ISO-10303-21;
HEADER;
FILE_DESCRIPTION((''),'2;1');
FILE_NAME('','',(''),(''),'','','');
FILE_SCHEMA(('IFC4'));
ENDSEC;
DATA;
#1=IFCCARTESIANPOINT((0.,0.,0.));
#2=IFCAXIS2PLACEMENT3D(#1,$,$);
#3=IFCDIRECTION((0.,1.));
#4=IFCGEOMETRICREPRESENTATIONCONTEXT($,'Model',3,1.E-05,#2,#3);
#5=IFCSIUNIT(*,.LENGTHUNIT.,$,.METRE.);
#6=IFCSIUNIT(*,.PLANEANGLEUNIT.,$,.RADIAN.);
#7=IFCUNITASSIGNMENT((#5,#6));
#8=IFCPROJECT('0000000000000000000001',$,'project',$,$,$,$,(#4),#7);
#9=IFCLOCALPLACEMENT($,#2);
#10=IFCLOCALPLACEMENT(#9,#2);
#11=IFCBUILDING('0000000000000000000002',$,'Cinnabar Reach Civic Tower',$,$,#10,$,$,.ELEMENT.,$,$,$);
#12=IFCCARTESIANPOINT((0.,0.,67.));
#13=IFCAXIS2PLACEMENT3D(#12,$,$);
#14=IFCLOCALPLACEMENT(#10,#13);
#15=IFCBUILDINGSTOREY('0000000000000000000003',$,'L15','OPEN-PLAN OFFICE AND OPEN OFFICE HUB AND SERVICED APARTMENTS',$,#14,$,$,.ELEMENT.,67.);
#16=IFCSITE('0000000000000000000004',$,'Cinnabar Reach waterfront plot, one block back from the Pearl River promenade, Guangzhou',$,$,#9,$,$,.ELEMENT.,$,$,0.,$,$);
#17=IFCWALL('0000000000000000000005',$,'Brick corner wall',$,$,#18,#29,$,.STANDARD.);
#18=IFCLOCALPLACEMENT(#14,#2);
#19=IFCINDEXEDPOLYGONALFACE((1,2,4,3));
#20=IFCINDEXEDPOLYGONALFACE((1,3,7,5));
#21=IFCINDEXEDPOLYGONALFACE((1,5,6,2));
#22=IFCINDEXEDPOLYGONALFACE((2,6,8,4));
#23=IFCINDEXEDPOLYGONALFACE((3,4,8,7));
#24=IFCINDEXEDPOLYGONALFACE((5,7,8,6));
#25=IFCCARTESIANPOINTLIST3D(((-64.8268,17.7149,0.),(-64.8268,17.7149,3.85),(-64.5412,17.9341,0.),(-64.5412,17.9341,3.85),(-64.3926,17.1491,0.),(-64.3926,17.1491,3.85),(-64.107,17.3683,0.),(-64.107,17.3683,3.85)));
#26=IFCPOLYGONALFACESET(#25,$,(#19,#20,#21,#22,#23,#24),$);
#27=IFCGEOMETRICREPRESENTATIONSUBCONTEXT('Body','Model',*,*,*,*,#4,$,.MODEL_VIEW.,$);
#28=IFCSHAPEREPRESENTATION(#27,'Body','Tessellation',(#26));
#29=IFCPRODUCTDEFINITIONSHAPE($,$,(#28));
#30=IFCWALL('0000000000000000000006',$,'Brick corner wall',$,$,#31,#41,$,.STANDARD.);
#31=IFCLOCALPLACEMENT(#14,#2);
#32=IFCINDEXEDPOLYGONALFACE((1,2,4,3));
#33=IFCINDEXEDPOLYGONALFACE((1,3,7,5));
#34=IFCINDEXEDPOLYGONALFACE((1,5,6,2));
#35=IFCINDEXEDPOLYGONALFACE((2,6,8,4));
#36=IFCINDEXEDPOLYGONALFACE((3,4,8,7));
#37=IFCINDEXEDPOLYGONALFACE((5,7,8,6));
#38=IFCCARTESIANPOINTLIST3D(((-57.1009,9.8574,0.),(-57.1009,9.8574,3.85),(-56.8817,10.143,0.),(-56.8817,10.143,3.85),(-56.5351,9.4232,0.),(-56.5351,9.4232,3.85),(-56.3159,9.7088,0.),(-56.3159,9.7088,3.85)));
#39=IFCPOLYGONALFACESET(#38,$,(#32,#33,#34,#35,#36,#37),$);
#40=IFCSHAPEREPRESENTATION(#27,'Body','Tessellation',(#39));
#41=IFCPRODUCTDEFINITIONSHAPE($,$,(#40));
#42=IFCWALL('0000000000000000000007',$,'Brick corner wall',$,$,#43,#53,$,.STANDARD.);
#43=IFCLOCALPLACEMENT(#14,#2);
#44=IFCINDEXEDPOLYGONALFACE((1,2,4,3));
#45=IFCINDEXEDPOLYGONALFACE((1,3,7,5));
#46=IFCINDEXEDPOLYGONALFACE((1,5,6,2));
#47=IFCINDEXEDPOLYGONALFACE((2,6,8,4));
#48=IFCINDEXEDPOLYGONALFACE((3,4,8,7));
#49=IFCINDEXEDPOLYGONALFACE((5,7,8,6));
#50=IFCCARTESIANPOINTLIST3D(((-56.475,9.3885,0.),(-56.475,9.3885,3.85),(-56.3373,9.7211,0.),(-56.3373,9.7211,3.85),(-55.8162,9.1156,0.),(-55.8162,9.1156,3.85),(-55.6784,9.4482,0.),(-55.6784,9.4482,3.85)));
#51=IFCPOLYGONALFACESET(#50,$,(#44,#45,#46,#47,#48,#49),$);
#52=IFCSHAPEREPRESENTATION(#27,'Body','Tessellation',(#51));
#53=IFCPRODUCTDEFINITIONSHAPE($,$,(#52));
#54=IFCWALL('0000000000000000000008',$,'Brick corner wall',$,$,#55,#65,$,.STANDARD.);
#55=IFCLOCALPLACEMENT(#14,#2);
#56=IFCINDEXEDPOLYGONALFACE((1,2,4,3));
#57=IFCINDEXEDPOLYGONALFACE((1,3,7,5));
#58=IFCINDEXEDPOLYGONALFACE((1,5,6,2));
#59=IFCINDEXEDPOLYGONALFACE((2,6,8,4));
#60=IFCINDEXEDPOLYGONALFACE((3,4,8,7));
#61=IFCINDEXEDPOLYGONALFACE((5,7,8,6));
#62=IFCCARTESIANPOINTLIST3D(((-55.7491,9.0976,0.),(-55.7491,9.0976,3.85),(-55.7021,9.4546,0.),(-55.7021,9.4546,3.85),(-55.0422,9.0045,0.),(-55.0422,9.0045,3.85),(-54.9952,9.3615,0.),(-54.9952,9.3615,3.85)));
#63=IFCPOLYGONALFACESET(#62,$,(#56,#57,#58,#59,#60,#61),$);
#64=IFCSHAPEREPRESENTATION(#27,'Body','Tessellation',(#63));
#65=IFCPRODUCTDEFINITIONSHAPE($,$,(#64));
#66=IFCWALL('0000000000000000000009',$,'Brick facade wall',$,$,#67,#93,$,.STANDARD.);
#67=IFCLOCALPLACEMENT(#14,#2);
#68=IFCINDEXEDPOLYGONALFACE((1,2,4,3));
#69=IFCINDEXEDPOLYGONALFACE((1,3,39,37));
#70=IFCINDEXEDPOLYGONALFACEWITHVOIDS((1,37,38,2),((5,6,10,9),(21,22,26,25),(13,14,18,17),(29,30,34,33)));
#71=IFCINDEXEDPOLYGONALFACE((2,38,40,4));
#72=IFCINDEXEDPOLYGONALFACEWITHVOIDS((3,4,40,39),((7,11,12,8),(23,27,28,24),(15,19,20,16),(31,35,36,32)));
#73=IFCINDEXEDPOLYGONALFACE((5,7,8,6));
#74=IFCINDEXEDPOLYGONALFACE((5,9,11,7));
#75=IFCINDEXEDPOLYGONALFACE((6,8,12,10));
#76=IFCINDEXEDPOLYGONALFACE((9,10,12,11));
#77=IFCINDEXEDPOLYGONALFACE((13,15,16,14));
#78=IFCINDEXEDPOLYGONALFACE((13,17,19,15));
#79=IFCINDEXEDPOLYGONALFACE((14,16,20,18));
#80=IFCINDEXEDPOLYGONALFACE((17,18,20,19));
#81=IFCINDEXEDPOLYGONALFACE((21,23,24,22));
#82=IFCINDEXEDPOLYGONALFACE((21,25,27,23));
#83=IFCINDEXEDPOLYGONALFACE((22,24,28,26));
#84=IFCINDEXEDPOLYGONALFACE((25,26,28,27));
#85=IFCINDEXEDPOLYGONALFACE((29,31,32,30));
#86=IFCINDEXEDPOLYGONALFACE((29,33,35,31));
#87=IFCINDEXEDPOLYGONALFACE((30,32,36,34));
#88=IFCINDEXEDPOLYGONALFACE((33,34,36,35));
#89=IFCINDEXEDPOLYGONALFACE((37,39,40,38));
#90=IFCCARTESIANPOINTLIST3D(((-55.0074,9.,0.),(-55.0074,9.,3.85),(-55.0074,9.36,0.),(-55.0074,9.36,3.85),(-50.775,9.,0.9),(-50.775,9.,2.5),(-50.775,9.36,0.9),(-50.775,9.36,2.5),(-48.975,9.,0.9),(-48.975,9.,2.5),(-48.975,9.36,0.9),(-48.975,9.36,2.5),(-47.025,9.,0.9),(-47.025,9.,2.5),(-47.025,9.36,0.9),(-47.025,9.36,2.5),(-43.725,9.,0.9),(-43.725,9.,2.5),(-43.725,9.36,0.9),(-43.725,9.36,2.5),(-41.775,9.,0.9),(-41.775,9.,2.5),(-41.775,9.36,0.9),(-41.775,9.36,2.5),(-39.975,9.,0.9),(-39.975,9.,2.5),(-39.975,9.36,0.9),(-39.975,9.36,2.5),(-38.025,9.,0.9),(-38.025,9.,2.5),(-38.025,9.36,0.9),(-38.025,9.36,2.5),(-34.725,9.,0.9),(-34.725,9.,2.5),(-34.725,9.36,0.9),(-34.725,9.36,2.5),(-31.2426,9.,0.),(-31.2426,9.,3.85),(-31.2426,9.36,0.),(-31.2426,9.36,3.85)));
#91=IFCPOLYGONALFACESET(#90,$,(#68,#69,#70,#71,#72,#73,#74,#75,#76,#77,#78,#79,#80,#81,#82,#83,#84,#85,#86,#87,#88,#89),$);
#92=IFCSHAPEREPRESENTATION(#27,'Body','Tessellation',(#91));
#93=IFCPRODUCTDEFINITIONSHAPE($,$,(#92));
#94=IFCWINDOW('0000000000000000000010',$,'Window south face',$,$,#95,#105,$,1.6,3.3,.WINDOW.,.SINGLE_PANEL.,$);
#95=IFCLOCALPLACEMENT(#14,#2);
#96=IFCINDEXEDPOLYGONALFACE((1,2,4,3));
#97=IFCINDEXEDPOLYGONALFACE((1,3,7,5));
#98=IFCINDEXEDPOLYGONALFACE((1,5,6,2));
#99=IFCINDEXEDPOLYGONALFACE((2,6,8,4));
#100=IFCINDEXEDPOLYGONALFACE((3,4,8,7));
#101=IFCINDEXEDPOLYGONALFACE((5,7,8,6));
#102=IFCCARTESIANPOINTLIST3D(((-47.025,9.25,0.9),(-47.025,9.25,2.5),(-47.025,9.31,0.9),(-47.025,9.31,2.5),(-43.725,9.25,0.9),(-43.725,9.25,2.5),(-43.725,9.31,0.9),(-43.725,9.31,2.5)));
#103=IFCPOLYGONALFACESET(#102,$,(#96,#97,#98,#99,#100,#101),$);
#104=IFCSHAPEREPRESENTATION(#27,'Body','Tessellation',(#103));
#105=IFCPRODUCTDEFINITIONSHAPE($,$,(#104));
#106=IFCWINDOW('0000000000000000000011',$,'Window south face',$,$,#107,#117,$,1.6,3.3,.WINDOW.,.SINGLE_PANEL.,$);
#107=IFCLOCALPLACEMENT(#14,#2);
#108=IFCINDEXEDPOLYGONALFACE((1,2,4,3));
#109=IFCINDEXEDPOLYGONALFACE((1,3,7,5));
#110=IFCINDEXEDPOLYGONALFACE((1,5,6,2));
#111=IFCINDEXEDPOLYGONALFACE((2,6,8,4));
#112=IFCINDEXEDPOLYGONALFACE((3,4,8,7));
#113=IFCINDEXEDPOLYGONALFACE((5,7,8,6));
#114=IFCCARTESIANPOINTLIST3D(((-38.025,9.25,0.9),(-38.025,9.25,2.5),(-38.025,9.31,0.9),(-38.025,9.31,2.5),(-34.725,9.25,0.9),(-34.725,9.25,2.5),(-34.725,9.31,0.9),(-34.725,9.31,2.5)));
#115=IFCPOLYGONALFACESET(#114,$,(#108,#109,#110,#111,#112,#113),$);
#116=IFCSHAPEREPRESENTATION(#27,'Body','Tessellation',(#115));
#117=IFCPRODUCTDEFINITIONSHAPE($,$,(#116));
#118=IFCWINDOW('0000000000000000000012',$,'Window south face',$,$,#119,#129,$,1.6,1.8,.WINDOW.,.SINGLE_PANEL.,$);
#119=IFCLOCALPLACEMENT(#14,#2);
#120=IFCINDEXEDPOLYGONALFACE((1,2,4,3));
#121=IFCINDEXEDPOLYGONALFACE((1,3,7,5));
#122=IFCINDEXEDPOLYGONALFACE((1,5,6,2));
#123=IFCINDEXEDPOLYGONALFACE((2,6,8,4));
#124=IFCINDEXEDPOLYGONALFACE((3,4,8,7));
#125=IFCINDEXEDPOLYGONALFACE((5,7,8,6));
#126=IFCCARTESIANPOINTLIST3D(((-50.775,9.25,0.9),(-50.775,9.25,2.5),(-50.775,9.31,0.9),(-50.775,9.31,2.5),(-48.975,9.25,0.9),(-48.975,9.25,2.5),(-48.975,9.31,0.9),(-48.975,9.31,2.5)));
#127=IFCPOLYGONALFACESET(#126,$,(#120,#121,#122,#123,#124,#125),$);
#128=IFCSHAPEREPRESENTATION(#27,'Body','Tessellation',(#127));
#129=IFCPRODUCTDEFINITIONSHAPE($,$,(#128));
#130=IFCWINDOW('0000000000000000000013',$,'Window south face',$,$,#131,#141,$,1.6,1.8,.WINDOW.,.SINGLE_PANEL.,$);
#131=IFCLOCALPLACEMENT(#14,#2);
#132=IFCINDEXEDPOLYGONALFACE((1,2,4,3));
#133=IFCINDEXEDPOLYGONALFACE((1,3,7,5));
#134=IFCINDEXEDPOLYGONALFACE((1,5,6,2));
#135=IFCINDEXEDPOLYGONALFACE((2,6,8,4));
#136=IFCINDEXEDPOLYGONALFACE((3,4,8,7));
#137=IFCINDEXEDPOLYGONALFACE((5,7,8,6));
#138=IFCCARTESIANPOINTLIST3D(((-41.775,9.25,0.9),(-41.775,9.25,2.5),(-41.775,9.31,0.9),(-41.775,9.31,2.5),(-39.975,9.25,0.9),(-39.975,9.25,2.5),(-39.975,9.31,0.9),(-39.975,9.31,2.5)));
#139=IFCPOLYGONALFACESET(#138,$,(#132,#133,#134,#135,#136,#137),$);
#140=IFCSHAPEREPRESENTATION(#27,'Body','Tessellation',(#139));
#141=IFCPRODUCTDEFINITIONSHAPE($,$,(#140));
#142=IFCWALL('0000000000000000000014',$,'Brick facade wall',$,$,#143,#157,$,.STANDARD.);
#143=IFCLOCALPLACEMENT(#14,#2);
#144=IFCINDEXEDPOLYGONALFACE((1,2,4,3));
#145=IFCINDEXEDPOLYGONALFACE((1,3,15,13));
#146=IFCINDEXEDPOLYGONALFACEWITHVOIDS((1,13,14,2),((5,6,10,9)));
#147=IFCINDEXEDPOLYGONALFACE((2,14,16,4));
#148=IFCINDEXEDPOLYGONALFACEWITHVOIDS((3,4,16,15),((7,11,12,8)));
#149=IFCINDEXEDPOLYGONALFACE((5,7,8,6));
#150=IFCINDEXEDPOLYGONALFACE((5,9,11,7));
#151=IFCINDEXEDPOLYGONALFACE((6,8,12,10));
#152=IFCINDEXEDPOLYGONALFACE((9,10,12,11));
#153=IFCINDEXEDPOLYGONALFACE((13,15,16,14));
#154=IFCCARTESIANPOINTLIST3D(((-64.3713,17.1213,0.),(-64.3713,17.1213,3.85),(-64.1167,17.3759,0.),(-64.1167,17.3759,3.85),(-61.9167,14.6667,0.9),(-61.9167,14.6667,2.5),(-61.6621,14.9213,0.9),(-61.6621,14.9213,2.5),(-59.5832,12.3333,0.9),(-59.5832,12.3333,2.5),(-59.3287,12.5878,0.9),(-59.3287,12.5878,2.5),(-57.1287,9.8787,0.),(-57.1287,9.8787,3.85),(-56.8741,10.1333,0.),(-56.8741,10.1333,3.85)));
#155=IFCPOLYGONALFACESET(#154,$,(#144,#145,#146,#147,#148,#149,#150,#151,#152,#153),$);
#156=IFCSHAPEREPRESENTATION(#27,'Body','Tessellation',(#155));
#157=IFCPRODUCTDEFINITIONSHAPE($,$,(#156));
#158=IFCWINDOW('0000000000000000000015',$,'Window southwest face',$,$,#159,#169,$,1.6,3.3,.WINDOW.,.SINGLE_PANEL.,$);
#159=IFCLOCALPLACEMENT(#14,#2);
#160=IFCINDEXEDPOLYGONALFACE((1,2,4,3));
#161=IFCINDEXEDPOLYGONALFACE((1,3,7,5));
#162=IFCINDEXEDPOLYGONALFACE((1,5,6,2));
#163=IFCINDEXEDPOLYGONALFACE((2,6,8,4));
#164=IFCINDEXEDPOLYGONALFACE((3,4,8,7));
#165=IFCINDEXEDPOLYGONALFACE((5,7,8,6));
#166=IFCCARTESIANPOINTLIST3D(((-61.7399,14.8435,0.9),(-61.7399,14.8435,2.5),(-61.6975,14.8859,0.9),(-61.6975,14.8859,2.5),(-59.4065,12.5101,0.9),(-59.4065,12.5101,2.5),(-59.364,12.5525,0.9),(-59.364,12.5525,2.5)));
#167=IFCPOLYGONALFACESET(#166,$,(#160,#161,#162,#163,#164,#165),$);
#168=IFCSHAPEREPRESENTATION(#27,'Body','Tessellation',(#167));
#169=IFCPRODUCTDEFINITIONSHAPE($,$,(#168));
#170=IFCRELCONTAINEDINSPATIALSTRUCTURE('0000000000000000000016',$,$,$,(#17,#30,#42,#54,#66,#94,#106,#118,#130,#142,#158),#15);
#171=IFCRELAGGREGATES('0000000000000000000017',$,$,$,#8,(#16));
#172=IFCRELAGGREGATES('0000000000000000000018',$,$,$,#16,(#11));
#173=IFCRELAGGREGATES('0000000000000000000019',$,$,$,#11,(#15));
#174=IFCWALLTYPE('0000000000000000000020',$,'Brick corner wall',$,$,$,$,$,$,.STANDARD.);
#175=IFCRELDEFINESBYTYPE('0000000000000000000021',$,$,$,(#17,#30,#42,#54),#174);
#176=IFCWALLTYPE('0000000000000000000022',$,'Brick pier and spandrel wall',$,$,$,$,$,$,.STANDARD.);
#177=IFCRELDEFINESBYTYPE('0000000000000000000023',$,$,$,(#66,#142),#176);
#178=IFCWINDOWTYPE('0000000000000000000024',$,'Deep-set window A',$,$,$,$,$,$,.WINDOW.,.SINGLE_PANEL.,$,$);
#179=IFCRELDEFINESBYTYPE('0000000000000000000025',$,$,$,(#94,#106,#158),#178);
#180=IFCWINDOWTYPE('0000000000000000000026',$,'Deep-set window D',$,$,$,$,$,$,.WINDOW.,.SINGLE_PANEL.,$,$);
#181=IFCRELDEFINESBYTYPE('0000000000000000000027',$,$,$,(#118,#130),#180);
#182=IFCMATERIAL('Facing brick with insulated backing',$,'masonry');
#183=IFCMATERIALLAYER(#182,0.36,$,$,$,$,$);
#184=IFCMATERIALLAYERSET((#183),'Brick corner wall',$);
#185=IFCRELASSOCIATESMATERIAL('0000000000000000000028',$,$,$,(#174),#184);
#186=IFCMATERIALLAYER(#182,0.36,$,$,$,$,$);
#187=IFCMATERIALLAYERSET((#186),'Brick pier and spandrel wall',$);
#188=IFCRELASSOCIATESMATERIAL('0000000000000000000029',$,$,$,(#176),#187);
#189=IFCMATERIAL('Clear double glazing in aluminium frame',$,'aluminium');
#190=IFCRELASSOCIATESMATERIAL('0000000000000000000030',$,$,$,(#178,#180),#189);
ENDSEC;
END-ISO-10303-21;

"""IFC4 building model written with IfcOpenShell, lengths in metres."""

from ifc_helpers import new_model, si_unit, direction, frame, frame_2d, origin, place, context, subcontext, project, spatial, rectangle, extrude, material, layer, layer_set, type_object, element, fill, save


model = new_model("IFC4")

# Units and contexts
model_context = context("Model", 3, precision=1e-05, world=origin(), true_north=direction((0.0, 1.0)))
body_context = subcontext(model_context, "Body", "Model", "MODEL_VIEW")
ifc_project = project(units=[si_unit("LENGTHUNIT", "METRE"), si_unit("PLANEANGLEUNIT", "RADIAN")], contexts=[model_context])

# Site, building, storey
site_placement = place(None, origin())
site = spatial("IfcSite", under=ifc_project, at=site_placement, Name="Cinnabar Reach waterfront plot, one block back from the Pearl River promenade, Guangzhou", CompositionType="ELEMENT", RefElevation=0.0)
building_placement = place(site_placement, origin())
building = spatial("IfcBuilding", under=site, at=building_placement, Name="Cinnabar Reach Civic Tower", CompositionType="ELEMENT")
storey_placement = place(building_placement, frame((0.0, 0.0, 67.0)))
storey = spatial("IfcBuildingStorey", under=building, at=storey_placement, Name="L15", Description="OPEN-PLAN OFFICE AND OPEN OFFICE HUB AND SERVICED APARTMENTS", CompositionType="ELEMENT", Elevation=67.0)

# Walls
ifc_material_1 = material(Name="Facing brick with insulated backing", Category="masonry")
ifc_layer_1 = layer(ifc_material_1, 0.36)
ifc_layer_set_1 = layer_set([ifc_layer_1], Name="Brick corner wall")
wall_type_1 = type_object("IfcWallType", Name="Brick corner wall", PredefinedType="STANDARD", material=ifc_layer_set_1)
for number, where, z_axis, x_axis, name in (
    (1, (-64.684, 17.8245, 0.0), (0.0, 0.0, 1.0), (0.608802, -0.793322, 0.0), "Brick corner wall"),
    (2, (-56.9913, 10.0002, 0.0), (0.0, 0.0, 1.0), (0.793322, -0.608802, 0.0), "Brick corner wall"),
):
    element("IfcWall", number, at=place(storey_placement, frame(where, z_axis=z_axis, x_axis=x_axis)), inside=storey, type_object=wall_type_1, Name=name, PredefinedType="STANDARD", context=body_context, shape_type="SweptSolid", body=[
        extrude(rectangle(XDim=0.7132, YDim=0.36, at=frame_2d((0.3566, 0.0))), origin(), (0.0, 0.0, 1.0), 3.85),
    ])
for number, where, z_axis, x_axis, name in (
    (3, (-56.4061, 9.5548, 0.0), (0.0, 0.0, 1.0), (0.923872, -0.382703, 0.0), "Brick corner wall"),
    (4, (-55.7256, 9.2761, 0.0), (0.0, 0.0, 1.0), (0.991441, -0.130556, 0.0), "Brick corner wall"),
):
    element("IfcWall", number, at=place(storey_placement, frame(where, z_axis=z_axis, x_axis=x_axis)), inside=storey, type_object=wall_type_1, Name=name, PredefinedType="STANDARD", context=body_context, shape_type="SweptSolid", body=[
        extrude(rectangle(XDim=0.7131, YDim=0.36, at=frame_2d((0.3565, 0.0))), origin(), (0.0, 0.0, 1.0), 3.85),
    ])

# Wall, openings, windows
ifc_layer_2 = layer(ifc_material_1, 0.36)
ifc_layer_set_2 = layer_set([ifc_layer_2], Name="Brick pier and spandrel wall")
wall_type_2 = type_object("IfcWallType", Name="Brick pier and spandrel wall", PredefinedType="STANDARD", material=ifc_layer_set_2)
wall_1_placement = place(storey_placement, frame((-55.0074, 9.18, 0.0), z_axis=(0.0, 0.0, 1.0), x_axis=(1.0, 0.0, 0.0)))
wall_1 = element("IfcWall", 5, at=wall_1_placement, inside=storey, type_object=wall_type_2, Name="Brick facade wall", PredefinedType="STANDARD", context=body_context, shape_type="SweptSolid", body=[
    extrude(rectangle(XDim=23.7648, YDim=0.36, at=frame_2d((11.8824, 0.0))), origin(), (0.0, 0.0, 1.0), 3.85),
])
opening_1_placement = place(wall_1_placement, frame((4.2324, 0.0, 0.9)))
opening_1 = element("IfcOpeningElement", 6, at=opening_1_placement, cuts=wall_1, PredefinedType="OPENING", context=body_context, shape_type="SweptSolid", body=[
    extrude(rectangle(XDim=1.8, YDim=1.6, at=frame_2d((0.9, 0.8))), frame((0.0, 0.19, 0.0), z_axis=(0.0, -1.0, 0.0), x_axis=(1.0, 0.0, 0.0)), (0.0, 0.0, 1.0), 0.38),
])
opening_2_placement = place(wall_1_placement, frame((7.9824, 0.0, 0.9)))
opening_2 = element("IfcOpeningElement", 7, at=opening_2_placement, cuts=wall_1, PredefinedType="OPENING", context=body_context, shape_type="SweptSolid", body=[
    extrude(rectangle(XDim=3.3, YDim=1.6, at=frame_2d((1.65, 0.8))), frame((0.0, 0.19, 0.0), z_axis=(0.0, -1.0, 0.0), x_axis=(1.0, 0.0, 0.0)), (0.0, 0.0, 1.0), 0.38),
])
opening_3_placement = place(wall_1_placement, frame((13.2324, 0.0, 0.9)))
opening_3 = element("IfcOpeningElement", 8, at=opening_3_placement, cuts=wall_1, PredefinedType="OPENING", context=body_context, shape_type="SweptSolid", body=[
    extrude(rectangle(XDim=1.8, YDim=1.6, at=frame_2d((0.9, 0.8))), frame((0.0, 0.19, 0.0), z_axis=(0.0, -1.0, 0.0), x_axis=(1.0, 0.0, 0.0)), (0.0, 0.0, 1.0), 0.38),
])
opening_4_placement = place(wall_1_placement, frame((16.9824, 0.0, 0.9)))
opening_4 = element("IfcOpeningElement", 9, at=opening_4_placement, cuts=wall_1, PredefinedType="OPENING", context=body_context, shape_type="SweptSolid", body=[
    extrude(rectangle(XDim=3.3, YDim=1.6, at=frame_2d((1.65, 0.8))), frame((0.0, 0.19, 0.0), z_axis=(0.0, -1.0, 0.0), x_axis=(1.0, 0.0, 0.0)), (0.0, 0.0, 1.0), 0.38),
])
ifc_material_2 = material(Name="Clear double glazing in aluminium frame", Category="aluminium")
window_type_1 = type_object("IfcWindowType", Name="Deep-set window A", PartitioningType="SINGLE_PANEL", PredefinedType="WINDOW", material=ifc_material_2)
window_1_placement = place(opening_2_placement, origin())
window_1 = element("IfcWindow", 10, at=window_1_placement, inside=storey, type_object=window_type_1, Name="Window south face", OverallHeight=1.6, OverallWidth=3.3, PartitioningType="SINGLE_PANEL", PredefinedType="WINDOW", context=body_context, shape_type="SweptSolid", body=[
    extrude(rectangle(XDim=3.3, YDim=1.6, at=frame_2d((1.65, 0.8))), frame((0.0, 0.13, 0.0), z_axis=(0.0, -1.0, 0.0), x_axis=(1.0, 0.0, 0.0)), (0.0, 0.0, 1.0), 0.06),
])
fill(opening_2, window_1)
window_2_placement = place(opening_4_placement, origin())
window_2 = element("IfcWindow", 11, at=window_2_placement, inside=storey, type_object=window_type_1, Name="Window south face", OverallHeight=1.6, OverallWidth=3.3, PartitioningType="SINGLE_PANEL", PredefinedType="WINDOW", context=body_context, shape_type="SweptSolid", body=[
    extrude(rectangle(XDim=3.3, YDim=1.6, at=frame_2d((1.65, 0.8))), frame((0.0, 0.13, 0.0), z_axis=(0.0, -1.0, 0.0), x_axis=(1.0, 0.0, 0.0)), (0.0, 0.0, 1.0), 0.06),
])
fill(opening_4, window_2)
window_type_2 = type_object("IfcWindowType", Name="Deep-set window D", PartitioningType="SINGLE_PANEL", PredefinedType="WINDOW", material=ifc_material_2)
window_3_placement = place(opening_1_placement, origin())
window_3 = element("IfcWindow", 12, at=window_3_placement, inside=storey, type_object=window_type_2, Name="Window south face", OverallHeight=1.6, OverallWidth=1.8, PartitioningType="SINGLE_PANEL", PredefinedType="WINDOW", context=body_context, shape_type="SweptSolid", body=[
    extrude(rectangle(XDim=1.8, YDim=1.6, at=frame_2d((0.9, 0.8))), frame((0.0, 0.13, 0.0), z_axis=(0.0, -1.0, 0.0), x_axis=(1.0, 0.0, 0.0)), (0.0, 0.0, 1.0), 0.06),
])
fill(opening_1, window_3)
window_4_placement = place(opening_3_placement, origin())
window_4 = element("IfcWindow", 13, at=window_4_placement, inside=storey, type_object=window_type_2, Name="Window south face", OverallHeight=1.6, OverallWidth=1.8, PartitioningType="SINGLE_PANEL", PredefinedType="WINDOW", context=body_context, shape_type="SweptSolid", body=[
    extrude(rectangle(XDim=1.8, YDim=1.6, at=frame_2d((0.9, 0.8))), frame((0.0, 0.13, 0.0), z_axis=(0.0, -1.0, 0.0), x_axis=(1.0, 0.0, 0.0)), (0.0, 0.0, 1.0), 0.06),
])
fill(opening_3, window_4)

# Wall, opening, window
wall_2_placement = place(storey_placement, frame((-64.244, 17.2486, 0.0), z_axis=(0.0, 0.0, 1.0), x_axis=(0.707107, -0.707107, 0.0)))
wall_2 = element("IfcWall", 14, at=wall_2_placement, inside=storey, type_object=wall_type_2, Name="Brick facade wall", PredefinedType="STANDARD", context=body_context, shape_type="SweptSolid", body=[
    extrude(rectangle(XDim=10.2426, YDim=0.36, at=frame_2d((5.1213, 0.0))), origin(), (0.0, 0.0, 1.0), 3.85),
])
opening_5_placement = place(wall_2_placement, frame((3.4713, 0.0, 0.9)))
opening_5 = element("IfcOpeningElement", 15, at=opening_5_placement, cuts=wall_2, PredefinedType="OPENING", context=body_context, shape_type="SweptSolid", body=[
    extrude(rectangle(XDim=3.3, YDim=1.6, at=frame_2d((1.65, 0.8))), frame((0.0, 0.19, 0.0), z_axis=(0.0, -1.0, 0.0), x_axis=(1.0, 0.0, 0.0)), (0.0, 0.0, 1.0), 0.38),
])
window_5_placement = place(opening_5_placement, origin())
window_5 = element("IfcWindow", 16, at=window_5_placement, inside=storey, type_object=window_type_1, Name="Window southwest face", OverallHeight=1.6, OverallWidth=3.3, PartitioningType="SINGLE_PANEL", PredefinedType="WINDOW", context=body_context, shape_type="SweptSolid", body=[
    extrude(rectangle(XDim=3.3, YDim=1.6, at=frame_2d((1.65, 0.8))), frame((0.0, 0.13, 0.0), z_axis=(0.0, -1.0, 0.0), x_axis=(1.0, 0.0, 0.0)), (0.0, 0.0, 1.0), 0.06),
])
fill(opening_5, window_5)

save(model, "model.ifc")
